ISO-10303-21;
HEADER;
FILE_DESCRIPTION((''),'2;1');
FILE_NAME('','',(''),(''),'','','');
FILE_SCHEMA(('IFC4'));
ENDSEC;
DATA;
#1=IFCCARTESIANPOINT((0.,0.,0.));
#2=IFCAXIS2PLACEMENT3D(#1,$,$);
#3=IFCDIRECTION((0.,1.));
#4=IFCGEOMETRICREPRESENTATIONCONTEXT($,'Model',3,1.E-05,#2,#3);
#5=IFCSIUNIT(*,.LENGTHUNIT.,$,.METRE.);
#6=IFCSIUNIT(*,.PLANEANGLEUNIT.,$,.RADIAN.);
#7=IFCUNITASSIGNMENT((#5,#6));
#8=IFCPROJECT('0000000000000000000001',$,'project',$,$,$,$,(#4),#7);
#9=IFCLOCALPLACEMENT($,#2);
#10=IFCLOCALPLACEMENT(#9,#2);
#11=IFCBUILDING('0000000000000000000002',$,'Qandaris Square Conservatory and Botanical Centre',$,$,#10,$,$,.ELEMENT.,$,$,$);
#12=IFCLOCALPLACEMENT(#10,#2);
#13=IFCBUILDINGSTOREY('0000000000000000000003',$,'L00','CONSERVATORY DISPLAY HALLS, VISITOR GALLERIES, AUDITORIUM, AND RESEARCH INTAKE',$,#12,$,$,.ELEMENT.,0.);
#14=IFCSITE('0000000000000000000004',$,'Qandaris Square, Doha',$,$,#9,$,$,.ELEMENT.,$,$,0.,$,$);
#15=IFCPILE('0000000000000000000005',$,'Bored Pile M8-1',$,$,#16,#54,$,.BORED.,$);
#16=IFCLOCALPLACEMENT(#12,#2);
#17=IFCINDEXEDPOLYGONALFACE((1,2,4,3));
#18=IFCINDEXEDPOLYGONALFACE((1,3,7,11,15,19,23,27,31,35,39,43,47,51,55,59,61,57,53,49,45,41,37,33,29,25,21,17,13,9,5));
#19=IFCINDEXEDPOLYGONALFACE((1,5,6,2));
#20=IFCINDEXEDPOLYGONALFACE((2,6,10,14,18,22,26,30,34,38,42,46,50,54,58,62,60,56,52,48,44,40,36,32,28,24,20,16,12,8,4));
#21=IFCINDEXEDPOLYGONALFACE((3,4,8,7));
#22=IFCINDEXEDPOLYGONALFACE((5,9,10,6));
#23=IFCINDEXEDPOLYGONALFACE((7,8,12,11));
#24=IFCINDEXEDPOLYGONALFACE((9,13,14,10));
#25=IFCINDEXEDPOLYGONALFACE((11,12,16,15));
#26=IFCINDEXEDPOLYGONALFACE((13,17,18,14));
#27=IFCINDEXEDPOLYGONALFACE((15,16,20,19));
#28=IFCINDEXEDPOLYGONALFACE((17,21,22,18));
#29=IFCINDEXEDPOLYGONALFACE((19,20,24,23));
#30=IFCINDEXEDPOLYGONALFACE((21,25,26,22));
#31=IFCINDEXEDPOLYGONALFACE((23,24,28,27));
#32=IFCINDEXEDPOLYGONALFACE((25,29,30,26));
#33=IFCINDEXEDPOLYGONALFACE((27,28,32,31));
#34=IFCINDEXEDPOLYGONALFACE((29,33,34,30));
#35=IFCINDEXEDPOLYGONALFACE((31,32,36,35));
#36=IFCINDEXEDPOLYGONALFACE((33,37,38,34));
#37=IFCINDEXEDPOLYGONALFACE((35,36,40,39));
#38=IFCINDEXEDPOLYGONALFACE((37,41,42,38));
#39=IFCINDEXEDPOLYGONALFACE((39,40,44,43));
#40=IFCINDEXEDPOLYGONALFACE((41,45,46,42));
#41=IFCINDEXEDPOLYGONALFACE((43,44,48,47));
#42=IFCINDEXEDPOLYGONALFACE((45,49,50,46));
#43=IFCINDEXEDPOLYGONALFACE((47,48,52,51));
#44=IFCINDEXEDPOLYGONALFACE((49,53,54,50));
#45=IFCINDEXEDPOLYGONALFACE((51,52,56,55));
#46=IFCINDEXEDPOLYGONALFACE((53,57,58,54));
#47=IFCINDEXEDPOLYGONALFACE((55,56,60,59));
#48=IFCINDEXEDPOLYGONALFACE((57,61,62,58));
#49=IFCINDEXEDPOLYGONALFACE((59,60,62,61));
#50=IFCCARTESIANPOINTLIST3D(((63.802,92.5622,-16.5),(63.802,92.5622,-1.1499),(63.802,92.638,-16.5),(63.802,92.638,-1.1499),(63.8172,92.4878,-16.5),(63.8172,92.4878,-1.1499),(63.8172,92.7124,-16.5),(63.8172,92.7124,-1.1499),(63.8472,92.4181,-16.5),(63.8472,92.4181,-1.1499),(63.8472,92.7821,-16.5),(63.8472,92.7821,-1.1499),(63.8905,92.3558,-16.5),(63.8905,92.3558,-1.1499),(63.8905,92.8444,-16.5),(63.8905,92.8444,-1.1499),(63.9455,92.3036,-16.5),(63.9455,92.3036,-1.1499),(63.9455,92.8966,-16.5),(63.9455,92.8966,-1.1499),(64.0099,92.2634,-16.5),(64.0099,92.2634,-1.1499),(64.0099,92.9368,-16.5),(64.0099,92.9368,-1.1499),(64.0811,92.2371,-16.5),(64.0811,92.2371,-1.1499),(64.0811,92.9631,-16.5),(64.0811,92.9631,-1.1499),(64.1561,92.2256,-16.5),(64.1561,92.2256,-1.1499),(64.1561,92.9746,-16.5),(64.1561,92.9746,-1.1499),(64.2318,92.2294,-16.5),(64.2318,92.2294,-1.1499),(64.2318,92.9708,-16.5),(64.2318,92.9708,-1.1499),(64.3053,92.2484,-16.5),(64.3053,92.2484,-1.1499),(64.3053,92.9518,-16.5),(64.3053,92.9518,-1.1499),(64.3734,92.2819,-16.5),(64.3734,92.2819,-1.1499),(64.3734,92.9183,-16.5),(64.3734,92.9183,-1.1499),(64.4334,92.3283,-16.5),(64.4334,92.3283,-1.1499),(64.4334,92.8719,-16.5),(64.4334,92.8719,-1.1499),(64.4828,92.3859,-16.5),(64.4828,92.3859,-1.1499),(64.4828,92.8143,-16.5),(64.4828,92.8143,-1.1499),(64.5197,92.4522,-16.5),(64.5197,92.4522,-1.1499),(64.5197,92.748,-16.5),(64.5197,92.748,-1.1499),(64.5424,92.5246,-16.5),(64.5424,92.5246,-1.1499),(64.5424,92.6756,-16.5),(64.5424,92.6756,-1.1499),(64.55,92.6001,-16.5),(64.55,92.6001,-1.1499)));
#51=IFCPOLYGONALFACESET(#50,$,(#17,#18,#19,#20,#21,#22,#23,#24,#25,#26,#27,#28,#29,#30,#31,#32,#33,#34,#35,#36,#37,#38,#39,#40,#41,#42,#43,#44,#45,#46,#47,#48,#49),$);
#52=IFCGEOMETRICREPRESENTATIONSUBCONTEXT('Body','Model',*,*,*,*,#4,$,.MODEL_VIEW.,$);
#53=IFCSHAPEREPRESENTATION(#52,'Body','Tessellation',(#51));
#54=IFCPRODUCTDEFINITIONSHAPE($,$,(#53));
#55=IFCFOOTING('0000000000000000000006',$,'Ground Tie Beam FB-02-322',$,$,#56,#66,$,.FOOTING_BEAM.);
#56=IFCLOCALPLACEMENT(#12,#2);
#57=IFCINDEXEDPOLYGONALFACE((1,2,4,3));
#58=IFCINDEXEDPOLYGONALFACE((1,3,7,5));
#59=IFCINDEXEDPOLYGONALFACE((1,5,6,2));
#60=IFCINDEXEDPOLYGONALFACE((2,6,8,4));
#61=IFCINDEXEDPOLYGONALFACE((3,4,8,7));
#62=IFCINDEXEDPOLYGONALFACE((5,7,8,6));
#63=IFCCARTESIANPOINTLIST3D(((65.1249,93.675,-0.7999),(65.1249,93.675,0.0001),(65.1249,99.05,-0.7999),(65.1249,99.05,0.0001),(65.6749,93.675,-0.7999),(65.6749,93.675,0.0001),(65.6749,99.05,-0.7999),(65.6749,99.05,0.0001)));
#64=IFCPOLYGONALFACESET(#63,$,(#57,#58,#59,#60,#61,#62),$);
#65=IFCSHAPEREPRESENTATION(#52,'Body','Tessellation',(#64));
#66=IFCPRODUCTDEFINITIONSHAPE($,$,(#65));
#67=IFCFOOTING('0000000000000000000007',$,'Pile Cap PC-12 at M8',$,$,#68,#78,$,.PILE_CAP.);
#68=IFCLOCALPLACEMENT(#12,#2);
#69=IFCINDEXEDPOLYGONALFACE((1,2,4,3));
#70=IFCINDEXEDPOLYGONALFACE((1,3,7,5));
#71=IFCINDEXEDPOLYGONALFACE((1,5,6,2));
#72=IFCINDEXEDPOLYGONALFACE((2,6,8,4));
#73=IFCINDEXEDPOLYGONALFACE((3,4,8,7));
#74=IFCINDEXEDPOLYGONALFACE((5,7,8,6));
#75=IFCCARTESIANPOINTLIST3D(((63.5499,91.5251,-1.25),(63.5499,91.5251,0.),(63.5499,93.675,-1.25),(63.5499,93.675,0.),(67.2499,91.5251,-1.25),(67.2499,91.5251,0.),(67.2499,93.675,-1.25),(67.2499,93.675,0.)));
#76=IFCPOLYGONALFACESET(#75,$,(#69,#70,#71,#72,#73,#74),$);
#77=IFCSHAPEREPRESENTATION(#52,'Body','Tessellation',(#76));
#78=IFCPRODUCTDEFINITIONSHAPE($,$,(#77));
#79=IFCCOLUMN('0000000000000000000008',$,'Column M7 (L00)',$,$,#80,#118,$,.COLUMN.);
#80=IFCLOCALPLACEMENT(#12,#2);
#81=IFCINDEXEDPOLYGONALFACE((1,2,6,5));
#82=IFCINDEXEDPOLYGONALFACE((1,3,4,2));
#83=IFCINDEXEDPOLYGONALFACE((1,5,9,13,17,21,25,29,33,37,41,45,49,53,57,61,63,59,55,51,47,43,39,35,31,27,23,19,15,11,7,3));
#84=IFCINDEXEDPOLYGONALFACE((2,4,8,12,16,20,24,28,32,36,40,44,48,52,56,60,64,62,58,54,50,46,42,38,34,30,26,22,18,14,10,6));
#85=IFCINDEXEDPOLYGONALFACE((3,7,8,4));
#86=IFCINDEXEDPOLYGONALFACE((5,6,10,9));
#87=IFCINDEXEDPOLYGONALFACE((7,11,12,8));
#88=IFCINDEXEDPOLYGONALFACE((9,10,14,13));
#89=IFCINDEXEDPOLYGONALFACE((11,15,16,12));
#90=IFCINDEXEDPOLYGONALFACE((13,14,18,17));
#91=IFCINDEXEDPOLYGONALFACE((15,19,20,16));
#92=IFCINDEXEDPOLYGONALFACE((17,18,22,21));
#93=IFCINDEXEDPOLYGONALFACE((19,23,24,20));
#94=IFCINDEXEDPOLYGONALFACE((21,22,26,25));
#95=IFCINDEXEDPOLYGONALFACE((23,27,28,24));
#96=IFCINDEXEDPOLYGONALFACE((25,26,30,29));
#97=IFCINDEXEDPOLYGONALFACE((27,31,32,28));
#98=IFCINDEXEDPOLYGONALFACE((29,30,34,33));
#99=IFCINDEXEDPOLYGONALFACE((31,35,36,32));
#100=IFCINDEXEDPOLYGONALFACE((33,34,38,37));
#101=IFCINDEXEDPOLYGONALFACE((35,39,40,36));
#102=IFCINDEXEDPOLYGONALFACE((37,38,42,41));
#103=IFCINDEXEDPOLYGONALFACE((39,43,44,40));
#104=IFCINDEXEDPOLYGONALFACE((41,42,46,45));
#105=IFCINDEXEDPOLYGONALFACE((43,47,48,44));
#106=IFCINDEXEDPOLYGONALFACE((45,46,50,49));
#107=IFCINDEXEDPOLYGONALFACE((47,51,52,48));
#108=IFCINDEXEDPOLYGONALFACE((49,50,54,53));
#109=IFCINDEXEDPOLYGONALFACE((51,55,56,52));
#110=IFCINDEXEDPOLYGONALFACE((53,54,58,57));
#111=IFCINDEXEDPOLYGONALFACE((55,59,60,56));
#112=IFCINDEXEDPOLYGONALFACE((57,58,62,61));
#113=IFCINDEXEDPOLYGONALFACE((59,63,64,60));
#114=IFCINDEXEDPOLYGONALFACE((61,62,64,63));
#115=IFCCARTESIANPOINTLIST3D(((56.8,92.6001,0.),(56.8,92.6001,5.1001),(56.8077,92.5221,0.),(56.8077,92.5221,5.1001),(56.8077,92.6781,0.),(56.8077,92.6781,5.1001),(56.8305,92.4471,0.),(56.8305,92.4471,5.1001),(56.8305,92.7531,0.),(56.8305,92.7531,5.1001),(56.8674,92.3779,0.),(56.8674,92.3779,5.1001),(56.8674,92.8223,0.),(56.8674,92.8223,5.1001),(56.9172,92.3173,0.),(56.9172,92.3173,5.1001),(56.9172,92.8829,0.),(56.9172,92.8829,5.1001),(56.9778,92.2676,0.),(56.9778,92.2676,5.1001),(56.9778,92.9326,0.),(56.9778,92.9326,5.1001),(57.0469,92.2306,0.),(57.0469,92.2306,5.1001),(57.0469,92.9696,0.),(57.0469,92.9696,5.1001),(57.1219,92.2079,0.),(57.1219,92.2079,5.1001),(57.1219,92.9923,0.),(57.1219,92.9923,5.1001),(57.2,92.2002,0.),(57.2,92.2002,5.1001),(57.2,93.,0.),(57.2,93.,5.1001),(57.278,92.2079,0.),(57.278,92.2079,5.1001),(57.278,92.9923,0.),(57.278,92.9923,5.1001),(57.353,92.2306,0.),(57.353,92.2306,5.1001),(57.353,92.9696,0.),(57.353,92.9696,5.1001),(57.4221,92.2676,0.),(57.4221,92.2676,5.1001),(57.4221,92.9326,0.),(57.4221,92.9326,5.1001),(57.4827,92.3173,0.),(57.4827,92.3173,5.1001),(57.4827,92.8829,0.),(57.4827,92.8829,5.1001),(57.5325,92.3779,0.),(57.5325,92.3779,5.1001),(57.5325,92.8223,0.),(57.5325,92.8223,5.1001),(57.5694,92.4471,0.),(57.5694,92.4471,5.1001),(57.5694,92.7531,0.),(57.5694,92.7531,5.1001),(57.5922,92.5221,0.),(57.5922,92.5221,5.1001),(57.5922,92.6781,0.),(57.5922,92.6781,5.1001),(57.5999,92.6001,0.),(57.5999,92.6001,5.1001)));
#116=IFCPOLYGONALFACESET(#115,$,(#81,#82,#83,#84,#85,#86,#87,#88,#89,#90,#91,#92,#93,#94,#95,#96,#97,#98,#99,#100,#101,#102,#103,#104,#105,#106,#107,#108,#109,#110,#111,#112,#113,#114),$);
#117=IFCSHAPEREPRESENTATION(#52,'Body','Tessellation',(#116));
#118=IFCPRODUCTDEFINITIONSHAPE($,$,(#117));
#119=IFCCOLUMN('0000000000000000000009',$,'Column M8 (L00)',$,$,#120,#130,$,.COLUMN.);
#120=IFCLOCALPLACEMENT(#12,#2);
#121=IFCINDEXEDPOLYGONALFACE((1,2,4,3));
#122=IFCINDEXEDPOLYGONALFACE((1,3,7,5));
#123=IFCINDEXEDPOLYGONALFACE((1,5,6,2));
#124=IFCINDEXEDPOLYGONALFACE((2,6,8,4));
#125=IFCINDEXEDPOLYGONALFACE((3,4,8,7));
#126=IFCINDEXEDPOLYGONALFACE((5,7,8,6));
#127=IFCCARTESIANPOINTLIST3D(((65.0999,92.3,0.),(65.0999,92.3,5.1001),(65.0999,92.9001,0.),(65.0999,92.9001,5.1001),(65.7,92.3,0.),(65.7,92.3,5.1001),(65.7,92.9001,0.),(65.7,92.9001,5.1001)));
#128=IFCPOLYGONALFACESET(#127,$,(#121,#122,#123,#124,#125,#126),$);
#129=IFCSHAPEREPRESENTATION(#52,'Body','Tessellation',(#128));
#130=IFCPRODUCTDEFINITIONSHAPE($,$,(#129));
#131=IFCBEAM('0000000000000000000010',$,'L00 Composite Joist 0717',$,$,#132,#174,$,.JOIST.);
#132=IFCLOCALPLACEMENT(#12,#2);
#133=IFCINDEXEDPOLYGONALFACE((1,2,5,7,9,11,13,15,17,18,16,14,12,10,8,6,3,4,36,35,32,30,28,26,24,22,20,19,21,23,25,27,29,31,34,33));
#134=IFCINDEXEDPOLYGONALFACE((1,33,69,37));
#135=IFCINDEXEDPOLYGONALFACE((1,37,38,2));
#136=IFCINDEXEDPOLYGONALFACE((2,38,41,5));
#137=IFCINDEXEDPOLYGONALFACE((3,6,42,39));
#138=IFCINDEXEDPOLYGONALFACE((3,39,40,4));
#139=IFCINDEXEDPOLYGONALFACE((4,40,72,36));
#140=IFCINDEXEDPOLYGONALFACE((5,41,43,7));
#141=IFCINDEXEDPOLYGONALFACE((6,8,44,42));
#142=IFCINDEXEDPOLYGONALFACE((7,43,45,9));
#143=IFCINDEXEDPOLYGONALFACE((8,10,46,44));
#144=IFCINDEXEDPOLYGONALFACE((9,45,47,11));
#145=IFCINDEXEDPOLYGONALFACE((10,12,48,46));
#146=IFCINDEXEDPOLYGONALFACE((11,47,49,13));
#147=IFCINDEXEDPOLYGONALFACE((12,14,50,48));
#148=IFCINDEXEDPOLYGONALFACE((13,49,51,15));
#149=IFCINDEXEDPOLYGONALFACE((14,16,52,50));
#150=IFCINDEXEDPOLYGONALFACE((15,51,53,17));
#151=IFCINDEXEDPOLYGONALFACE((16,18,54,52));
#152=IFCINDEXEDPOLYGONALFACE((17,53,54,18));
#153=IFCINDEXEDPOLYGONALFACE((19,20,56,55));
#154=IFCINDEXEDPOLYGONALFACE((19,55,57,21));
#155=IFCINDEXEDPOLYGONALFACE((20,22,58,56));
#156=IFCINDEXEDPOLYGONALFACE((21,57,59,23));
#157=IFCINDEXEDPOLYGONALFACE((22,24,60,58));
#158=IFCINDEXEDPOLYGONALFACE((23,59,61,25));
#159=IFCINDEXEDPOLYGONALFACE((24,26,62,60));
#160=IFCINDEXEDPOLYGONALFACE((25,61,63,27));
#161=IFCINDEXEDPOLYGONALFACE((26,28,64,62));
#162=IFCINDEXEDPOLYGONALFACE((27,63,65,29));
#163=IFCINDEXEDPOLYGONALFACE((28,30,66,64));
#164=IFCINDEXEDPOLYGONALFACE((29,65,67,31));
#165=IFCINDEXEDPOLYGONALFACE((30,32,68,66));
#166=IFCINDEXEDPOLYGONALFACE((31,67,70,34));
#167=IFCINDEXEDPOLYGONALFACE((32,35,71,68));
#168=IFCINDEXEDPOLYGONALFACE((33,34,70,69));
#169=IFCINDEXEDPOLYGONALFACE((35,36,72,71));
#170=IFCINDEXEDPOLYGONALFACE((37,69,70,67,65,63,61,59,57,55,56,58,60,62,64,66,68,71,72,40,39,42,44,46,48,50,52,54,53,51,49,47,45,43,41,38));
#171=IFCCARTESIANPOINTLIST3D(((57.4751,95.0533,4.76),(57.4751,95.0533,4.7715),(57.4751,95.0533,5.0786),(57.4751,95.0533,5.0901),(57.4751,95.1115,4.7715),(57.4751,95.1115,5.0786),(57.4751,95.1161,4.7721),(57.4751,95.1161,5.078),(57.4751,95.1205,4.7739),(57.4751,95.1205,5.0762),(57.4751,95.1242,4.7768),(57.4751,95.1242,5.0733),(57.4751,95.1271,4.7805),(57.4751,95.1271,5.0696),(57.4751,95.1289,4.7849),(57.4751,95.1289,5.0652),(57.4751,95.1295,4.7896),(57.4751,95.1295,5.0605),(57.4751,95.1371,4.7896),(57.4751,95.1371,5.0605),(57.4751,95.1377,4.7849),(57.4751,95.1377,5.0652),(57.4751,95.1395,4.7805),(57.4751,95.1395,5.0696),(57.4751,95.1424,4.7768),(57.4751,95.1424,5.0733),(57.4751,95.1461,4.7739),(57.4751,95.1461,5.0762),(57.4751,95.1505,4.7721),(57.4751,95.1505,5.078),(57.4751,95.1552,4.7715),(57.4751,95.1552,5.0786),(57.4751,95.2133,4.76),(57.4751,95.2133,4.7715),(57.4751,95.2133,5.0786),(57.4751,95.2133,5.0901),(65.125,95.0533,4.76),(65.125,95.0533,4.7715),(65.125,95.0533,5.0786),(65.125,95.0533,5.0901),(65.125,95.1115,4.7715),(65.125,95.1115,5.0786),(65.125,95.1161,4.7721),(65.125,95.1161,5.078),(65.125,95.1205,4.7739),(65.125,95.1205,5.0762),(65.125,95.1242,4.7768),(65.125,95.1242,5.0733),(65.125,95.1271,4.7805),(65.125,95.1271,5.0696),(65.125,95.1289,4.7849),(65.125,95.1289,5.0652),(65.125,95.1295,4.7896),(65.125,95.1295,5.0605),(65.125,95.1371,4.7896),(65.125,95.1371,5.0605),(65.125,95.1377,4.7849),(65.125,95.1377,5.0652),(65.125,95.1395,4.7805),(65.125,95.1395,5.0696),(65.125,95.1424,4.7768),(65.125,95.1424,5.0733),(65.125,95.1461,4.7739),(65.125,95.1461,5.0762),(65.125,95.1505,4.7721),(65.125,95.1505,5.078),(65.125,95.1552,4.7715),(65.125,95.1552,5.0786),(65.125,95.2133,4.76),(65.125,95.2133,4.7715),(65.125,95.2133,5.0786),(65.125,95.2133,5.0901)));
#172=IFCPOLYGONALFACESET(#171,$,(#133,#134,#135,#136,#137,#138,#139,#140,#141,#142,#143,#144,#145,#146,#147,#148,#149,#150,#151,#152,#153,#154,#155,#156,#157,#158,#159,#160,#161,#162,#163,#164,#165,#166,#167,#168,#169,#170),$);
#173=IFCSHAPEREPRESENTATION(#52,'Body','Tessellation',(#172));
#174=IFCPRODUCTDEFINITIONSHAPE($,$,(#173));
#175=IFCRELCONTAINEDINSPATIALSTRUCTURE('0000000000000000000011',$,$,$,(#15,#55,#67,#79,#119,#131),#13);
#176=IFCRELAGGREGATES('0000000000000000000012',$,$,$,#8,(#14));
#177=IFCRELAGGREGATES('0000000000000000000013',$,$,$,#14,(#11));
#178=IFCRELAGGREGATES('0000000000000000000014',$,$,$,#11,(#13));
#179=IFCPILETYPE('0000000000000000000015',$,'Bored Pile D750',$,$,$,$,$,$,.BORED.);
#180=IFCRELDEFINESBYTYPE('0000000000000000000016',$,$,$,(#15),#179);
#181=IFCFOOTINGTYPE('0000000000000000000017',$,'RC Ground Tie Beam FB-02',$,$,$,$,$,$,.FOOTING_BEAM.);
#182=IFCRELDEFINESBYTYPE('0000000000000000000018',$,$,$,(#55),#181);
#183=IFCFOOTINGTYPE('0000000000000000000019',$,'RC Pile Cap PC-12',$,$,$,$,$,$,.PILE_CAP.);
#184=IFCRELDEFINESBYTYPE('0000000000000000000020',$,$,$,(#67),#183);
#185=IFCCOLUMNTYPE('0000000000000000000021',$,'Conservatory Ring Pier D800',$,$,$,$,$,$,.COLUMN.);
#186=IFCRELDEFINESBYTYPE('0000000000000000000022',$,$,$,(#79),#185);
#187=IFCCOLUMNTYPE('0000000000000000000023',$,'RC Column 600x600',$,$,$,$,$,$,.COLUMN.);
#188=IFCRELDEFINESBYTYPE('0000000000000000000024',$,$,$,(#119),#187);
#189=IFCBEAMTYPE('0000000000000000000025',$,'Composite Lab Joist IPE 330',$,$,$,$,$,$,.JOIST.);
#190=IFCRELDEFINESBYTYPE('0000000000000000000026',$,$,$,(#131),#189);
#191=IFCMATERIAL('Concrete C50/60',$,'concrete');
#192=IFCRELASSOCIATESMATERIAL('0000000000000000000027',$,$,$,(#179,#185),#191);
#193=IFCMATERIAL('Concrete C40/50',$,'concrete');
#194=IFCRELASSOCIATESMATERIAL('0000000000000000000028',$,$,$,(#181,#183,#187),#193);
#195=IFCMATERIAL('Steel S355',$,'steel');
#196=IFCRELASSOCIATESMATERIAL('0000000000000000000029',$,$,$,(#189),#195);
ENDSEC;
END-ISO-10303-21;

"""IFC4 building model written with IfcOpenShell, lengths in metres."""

from ifc_helpers import new_model, si_unit, direction, frame, origin, origin_2d, place, context, subcontext, project, spatial, rectangle, circle, i_section, extrude, material, material_profile, profile_set, type_object, element, save


model = new_model("IFC4")

# Units and contexts
model_context = context("Model", 3, precision=1e-05, world=origin(), true_north=direction((0.0, 1.0)))
body_context = subcontext(model_context, "Body", "Model", "MODEL_VIEW")
ifc_project = project(units=[si_unit("LENGTHUNIT", "METRE"), si_unit("PLANEANGLEUNIT", "RADIAN")], contexts=[model_context])

# Site, building, storey
site_placement = place(None, origin())
site = spatial("IfcSite", under=ifc_project, at=site_placement, Name="Qandaris Square, Doha", CompositionType="ELEMENT", RefElevation=0.0)
building_placement = place(site_placement, origin())
building = spatial("IfcBuilding", under=site, at=building_placement, Name="Qandaris Square Conservatory and Botanical Centre", CompositionType="ELEMENT")
storey_placement = place(building_placement, origin())
storey = spatial("IfcBuildingStorey", under=building, at=storey_placement, Name="L00", Description="CONSERVATORY DISPLAY HALLS, VISITOR GALLERIES, AUDITORIUM, AND RESEARCH INTAKE", CompositionType="ELEMENT", Elevation=0.0)

# Pile
ifc_material_1 = material(Name="Concrete C50/60", Category="concrete")
ifc_material_profile_1 = material_profile(ifc_material_1, circle(Radius=0.375, at=origin_2d()), Name="PILE D750")
ifc_profile_set_1 = profile_set([ifc_material_profile_1], Name="Concrete C50/60")
pile_type = type_object("IfcPileType", Name="Bored Pile D750", PredefinedType="BORED", material=ifc_profile_set_1)
pile_placement = place(storey_placement, frame((64.175, 92.6001, -1.1499), z_axis=(0.0, 0.0, -1.0), x_axis=(1.0, 0.0, 0.0)))
element("IfcPile", 1, at=pile_placement, inside=storey, type_object=pile_type, Name="Bored Pile M8-1", PredefinedType="BORED", context=body_context, shape_type="SweptSolid", body=[
    extrude(circle(Radius=0.375, at=origin_2d()), origin(), (0.0, 0.0, 1.0), 15.3501),
])

# Footings
ifc_material_2 = material(Name="Concrete C40/50", Category="concrete")
ifc_material_profile_2 = material_profile(ifc_material_2, rectangle(XDim=0.55, YDim=0.8, at=origin_2d()), Name="FB 550x800")
ifc_profile_set_2 = profile_set([ifc_material_profile_2], Name="Concrete C40/50")
footing_type_1 = type_object("IfcFootingType", Name="RC Ground Tie Beam FB-02", PredefinedType="FOOTING_BEAM", material=ifc_profile_set_2)
footing_1_placement = place(storey_placement, frame((65.3999, 93.675, -0.3999), z_axis=(0.0, 1.0, 0.0), x_axis=(-1.0, 0.0, 0.0)))
element("IfcFooting", 2, at=footing_1_placement, inside=storey, type_object=footing_type_1, Name="Ground Tie Beam FB-02-322", PredefinedType="FOOTING_BEAM", context=body_context, shape_type="SweptSolid", body=[
    extrude(rectangle(XDim=0.55, YDim=0.8, at=origin_2d()), origin(), (0.0, 0.0, 1.0), 5.375),
])
footing_type_2 = type_object("IfcFootingType", Name="RC Pile Cap PC-12", PredefinedType="PILE_CAP", material=ifc_material_2)
footing_2_placement = place(storey_placement, frame((65.3999, 92.6001, -1.25), z_axis=(0.0, 0.0, 1.0), x_axis=(1.0, 0.0, 0.0)))
element("IfcFooting", 3, at=footing_2_placement, inside=storey, type_object=footing_type_2, Name="Pile Cap PC-12 at M8", PredefinedType="PILE_CAP", context=body_context, shape_type="SweptSolid", body=[
    extrude(rectangle(XDim=3.7, YDim=2.1499, at=origin_2d()), origin(), (0.0, 0.0, 1.0), 1.25),
])

# Columns
ifc_material_profile_3 = material_profile(ifc_material_1, circle(Radius=0.3999, at=origin_2d()), Name="RC-COL D800")
ifc_profile_set_3 = profile_set([ifc_material_profile_3], Name="Concrete C50/60")
column_type_1 = type_object("IfcColumnType", Name="Conservatory Ring Pier D800", PredefinedType="COLUMN", material=ifc_profile_set_3)
column_1_placement = place(storey_placement, frame((57.2, 92.6001, 0.0), z_axis=(0.0, 0.0, 1.0), x_axis=(1.0, 0.0, 0.0)))
element("IfcColumn", 4, at=column_1_placement, inside=storey, type_object=column_type_1, Name="Column M7 (L00)", PredefinedType="COLUMN", context=body_context, shape_type="SweptSolid", body=[
    extrude(circle(Radius=0.3999, at=origin_2d()), origin(), (0.0, 0.0, 1.0), 5.1001),
])
ifc_material_profile_4 = material_profile(ifc_material_2, rectangle(XDim=0.6001, YDim=0.6001, at=origin_2d()), Name="RC-COL 600x600")
ifc_profile_set_4 = profile_set([ifc_material_profile_4], Name="Concrete C40/50")
column_type_2 = type_object("IfcColumnType", Name="RC Column 600x600", PredefinedType="COLUMN", material=ifc_profile_set_4)
column_2_placement = place(storey_placement, frame((65.3999, 92.6001, 0.0), z_axis=(0.0, 0.0, 1.0), x_axis=(1.0, 0.0, 0.0)))
element("IfcColumn", 5, at=column_2_placement, inside=storey, type_object=column_type_2, Name="Column M8 (L00)", PredefinedType="COLUMN", context=body_context, shape_type="SweptSolid", body=[
    extrude(rectangle(XDim=0.6001, YDim=0.6001, at=origin_2d()), origin(), (0.0, 0.0, 1.0), 5.1001),
])

# Beam
ifc_material_3 = material(Name="Steel S355", Category="steel")
ifc_material_profile_5 = material_profile(ifc_material_3, i_section(OverallWidth=0.1599, OverallDepth=0.3301, WebThickness=0.0076, FlangeThickness=0.0115, FilletRadius=0.0181, at=origin_2d()), Name="IPE 330")
ifc_profile_set_5 = profile_set([ifc_material_profile_5], Name="Steel S355")
beam_type_1 = type_object("IfcBeamType", Name="Composite Lab Joist IPE 330", PredefinedType="JOIST", material=ifc_profile_set_5)
beam_1_placement = place(storey_placement, frame((57.4751, 95.1333, 4.925), z_axis=(1.0, 0.0, 0.0), x_axis=(0.0, 1.0, 0.0)))
element("IfcBeam", 6, at=beam_1_placement, inside=storey, type_object=beam_type_1, Name="L00 Composite Joist 0717", PredefinedType="JOIST", context=body_context, shape_type="SweptSolid", body=[
    extrude(i_section(OverallWidth=0.1599, OverallDepth=0.3301, WebThickness=0.0076, FlangeThickness=0.0115, FilletRadius=0.0181, at=origin_2d()), origin(), (0.0, 0.0, 1.0), 7.6499),
])

save(model, "model.ifc")
